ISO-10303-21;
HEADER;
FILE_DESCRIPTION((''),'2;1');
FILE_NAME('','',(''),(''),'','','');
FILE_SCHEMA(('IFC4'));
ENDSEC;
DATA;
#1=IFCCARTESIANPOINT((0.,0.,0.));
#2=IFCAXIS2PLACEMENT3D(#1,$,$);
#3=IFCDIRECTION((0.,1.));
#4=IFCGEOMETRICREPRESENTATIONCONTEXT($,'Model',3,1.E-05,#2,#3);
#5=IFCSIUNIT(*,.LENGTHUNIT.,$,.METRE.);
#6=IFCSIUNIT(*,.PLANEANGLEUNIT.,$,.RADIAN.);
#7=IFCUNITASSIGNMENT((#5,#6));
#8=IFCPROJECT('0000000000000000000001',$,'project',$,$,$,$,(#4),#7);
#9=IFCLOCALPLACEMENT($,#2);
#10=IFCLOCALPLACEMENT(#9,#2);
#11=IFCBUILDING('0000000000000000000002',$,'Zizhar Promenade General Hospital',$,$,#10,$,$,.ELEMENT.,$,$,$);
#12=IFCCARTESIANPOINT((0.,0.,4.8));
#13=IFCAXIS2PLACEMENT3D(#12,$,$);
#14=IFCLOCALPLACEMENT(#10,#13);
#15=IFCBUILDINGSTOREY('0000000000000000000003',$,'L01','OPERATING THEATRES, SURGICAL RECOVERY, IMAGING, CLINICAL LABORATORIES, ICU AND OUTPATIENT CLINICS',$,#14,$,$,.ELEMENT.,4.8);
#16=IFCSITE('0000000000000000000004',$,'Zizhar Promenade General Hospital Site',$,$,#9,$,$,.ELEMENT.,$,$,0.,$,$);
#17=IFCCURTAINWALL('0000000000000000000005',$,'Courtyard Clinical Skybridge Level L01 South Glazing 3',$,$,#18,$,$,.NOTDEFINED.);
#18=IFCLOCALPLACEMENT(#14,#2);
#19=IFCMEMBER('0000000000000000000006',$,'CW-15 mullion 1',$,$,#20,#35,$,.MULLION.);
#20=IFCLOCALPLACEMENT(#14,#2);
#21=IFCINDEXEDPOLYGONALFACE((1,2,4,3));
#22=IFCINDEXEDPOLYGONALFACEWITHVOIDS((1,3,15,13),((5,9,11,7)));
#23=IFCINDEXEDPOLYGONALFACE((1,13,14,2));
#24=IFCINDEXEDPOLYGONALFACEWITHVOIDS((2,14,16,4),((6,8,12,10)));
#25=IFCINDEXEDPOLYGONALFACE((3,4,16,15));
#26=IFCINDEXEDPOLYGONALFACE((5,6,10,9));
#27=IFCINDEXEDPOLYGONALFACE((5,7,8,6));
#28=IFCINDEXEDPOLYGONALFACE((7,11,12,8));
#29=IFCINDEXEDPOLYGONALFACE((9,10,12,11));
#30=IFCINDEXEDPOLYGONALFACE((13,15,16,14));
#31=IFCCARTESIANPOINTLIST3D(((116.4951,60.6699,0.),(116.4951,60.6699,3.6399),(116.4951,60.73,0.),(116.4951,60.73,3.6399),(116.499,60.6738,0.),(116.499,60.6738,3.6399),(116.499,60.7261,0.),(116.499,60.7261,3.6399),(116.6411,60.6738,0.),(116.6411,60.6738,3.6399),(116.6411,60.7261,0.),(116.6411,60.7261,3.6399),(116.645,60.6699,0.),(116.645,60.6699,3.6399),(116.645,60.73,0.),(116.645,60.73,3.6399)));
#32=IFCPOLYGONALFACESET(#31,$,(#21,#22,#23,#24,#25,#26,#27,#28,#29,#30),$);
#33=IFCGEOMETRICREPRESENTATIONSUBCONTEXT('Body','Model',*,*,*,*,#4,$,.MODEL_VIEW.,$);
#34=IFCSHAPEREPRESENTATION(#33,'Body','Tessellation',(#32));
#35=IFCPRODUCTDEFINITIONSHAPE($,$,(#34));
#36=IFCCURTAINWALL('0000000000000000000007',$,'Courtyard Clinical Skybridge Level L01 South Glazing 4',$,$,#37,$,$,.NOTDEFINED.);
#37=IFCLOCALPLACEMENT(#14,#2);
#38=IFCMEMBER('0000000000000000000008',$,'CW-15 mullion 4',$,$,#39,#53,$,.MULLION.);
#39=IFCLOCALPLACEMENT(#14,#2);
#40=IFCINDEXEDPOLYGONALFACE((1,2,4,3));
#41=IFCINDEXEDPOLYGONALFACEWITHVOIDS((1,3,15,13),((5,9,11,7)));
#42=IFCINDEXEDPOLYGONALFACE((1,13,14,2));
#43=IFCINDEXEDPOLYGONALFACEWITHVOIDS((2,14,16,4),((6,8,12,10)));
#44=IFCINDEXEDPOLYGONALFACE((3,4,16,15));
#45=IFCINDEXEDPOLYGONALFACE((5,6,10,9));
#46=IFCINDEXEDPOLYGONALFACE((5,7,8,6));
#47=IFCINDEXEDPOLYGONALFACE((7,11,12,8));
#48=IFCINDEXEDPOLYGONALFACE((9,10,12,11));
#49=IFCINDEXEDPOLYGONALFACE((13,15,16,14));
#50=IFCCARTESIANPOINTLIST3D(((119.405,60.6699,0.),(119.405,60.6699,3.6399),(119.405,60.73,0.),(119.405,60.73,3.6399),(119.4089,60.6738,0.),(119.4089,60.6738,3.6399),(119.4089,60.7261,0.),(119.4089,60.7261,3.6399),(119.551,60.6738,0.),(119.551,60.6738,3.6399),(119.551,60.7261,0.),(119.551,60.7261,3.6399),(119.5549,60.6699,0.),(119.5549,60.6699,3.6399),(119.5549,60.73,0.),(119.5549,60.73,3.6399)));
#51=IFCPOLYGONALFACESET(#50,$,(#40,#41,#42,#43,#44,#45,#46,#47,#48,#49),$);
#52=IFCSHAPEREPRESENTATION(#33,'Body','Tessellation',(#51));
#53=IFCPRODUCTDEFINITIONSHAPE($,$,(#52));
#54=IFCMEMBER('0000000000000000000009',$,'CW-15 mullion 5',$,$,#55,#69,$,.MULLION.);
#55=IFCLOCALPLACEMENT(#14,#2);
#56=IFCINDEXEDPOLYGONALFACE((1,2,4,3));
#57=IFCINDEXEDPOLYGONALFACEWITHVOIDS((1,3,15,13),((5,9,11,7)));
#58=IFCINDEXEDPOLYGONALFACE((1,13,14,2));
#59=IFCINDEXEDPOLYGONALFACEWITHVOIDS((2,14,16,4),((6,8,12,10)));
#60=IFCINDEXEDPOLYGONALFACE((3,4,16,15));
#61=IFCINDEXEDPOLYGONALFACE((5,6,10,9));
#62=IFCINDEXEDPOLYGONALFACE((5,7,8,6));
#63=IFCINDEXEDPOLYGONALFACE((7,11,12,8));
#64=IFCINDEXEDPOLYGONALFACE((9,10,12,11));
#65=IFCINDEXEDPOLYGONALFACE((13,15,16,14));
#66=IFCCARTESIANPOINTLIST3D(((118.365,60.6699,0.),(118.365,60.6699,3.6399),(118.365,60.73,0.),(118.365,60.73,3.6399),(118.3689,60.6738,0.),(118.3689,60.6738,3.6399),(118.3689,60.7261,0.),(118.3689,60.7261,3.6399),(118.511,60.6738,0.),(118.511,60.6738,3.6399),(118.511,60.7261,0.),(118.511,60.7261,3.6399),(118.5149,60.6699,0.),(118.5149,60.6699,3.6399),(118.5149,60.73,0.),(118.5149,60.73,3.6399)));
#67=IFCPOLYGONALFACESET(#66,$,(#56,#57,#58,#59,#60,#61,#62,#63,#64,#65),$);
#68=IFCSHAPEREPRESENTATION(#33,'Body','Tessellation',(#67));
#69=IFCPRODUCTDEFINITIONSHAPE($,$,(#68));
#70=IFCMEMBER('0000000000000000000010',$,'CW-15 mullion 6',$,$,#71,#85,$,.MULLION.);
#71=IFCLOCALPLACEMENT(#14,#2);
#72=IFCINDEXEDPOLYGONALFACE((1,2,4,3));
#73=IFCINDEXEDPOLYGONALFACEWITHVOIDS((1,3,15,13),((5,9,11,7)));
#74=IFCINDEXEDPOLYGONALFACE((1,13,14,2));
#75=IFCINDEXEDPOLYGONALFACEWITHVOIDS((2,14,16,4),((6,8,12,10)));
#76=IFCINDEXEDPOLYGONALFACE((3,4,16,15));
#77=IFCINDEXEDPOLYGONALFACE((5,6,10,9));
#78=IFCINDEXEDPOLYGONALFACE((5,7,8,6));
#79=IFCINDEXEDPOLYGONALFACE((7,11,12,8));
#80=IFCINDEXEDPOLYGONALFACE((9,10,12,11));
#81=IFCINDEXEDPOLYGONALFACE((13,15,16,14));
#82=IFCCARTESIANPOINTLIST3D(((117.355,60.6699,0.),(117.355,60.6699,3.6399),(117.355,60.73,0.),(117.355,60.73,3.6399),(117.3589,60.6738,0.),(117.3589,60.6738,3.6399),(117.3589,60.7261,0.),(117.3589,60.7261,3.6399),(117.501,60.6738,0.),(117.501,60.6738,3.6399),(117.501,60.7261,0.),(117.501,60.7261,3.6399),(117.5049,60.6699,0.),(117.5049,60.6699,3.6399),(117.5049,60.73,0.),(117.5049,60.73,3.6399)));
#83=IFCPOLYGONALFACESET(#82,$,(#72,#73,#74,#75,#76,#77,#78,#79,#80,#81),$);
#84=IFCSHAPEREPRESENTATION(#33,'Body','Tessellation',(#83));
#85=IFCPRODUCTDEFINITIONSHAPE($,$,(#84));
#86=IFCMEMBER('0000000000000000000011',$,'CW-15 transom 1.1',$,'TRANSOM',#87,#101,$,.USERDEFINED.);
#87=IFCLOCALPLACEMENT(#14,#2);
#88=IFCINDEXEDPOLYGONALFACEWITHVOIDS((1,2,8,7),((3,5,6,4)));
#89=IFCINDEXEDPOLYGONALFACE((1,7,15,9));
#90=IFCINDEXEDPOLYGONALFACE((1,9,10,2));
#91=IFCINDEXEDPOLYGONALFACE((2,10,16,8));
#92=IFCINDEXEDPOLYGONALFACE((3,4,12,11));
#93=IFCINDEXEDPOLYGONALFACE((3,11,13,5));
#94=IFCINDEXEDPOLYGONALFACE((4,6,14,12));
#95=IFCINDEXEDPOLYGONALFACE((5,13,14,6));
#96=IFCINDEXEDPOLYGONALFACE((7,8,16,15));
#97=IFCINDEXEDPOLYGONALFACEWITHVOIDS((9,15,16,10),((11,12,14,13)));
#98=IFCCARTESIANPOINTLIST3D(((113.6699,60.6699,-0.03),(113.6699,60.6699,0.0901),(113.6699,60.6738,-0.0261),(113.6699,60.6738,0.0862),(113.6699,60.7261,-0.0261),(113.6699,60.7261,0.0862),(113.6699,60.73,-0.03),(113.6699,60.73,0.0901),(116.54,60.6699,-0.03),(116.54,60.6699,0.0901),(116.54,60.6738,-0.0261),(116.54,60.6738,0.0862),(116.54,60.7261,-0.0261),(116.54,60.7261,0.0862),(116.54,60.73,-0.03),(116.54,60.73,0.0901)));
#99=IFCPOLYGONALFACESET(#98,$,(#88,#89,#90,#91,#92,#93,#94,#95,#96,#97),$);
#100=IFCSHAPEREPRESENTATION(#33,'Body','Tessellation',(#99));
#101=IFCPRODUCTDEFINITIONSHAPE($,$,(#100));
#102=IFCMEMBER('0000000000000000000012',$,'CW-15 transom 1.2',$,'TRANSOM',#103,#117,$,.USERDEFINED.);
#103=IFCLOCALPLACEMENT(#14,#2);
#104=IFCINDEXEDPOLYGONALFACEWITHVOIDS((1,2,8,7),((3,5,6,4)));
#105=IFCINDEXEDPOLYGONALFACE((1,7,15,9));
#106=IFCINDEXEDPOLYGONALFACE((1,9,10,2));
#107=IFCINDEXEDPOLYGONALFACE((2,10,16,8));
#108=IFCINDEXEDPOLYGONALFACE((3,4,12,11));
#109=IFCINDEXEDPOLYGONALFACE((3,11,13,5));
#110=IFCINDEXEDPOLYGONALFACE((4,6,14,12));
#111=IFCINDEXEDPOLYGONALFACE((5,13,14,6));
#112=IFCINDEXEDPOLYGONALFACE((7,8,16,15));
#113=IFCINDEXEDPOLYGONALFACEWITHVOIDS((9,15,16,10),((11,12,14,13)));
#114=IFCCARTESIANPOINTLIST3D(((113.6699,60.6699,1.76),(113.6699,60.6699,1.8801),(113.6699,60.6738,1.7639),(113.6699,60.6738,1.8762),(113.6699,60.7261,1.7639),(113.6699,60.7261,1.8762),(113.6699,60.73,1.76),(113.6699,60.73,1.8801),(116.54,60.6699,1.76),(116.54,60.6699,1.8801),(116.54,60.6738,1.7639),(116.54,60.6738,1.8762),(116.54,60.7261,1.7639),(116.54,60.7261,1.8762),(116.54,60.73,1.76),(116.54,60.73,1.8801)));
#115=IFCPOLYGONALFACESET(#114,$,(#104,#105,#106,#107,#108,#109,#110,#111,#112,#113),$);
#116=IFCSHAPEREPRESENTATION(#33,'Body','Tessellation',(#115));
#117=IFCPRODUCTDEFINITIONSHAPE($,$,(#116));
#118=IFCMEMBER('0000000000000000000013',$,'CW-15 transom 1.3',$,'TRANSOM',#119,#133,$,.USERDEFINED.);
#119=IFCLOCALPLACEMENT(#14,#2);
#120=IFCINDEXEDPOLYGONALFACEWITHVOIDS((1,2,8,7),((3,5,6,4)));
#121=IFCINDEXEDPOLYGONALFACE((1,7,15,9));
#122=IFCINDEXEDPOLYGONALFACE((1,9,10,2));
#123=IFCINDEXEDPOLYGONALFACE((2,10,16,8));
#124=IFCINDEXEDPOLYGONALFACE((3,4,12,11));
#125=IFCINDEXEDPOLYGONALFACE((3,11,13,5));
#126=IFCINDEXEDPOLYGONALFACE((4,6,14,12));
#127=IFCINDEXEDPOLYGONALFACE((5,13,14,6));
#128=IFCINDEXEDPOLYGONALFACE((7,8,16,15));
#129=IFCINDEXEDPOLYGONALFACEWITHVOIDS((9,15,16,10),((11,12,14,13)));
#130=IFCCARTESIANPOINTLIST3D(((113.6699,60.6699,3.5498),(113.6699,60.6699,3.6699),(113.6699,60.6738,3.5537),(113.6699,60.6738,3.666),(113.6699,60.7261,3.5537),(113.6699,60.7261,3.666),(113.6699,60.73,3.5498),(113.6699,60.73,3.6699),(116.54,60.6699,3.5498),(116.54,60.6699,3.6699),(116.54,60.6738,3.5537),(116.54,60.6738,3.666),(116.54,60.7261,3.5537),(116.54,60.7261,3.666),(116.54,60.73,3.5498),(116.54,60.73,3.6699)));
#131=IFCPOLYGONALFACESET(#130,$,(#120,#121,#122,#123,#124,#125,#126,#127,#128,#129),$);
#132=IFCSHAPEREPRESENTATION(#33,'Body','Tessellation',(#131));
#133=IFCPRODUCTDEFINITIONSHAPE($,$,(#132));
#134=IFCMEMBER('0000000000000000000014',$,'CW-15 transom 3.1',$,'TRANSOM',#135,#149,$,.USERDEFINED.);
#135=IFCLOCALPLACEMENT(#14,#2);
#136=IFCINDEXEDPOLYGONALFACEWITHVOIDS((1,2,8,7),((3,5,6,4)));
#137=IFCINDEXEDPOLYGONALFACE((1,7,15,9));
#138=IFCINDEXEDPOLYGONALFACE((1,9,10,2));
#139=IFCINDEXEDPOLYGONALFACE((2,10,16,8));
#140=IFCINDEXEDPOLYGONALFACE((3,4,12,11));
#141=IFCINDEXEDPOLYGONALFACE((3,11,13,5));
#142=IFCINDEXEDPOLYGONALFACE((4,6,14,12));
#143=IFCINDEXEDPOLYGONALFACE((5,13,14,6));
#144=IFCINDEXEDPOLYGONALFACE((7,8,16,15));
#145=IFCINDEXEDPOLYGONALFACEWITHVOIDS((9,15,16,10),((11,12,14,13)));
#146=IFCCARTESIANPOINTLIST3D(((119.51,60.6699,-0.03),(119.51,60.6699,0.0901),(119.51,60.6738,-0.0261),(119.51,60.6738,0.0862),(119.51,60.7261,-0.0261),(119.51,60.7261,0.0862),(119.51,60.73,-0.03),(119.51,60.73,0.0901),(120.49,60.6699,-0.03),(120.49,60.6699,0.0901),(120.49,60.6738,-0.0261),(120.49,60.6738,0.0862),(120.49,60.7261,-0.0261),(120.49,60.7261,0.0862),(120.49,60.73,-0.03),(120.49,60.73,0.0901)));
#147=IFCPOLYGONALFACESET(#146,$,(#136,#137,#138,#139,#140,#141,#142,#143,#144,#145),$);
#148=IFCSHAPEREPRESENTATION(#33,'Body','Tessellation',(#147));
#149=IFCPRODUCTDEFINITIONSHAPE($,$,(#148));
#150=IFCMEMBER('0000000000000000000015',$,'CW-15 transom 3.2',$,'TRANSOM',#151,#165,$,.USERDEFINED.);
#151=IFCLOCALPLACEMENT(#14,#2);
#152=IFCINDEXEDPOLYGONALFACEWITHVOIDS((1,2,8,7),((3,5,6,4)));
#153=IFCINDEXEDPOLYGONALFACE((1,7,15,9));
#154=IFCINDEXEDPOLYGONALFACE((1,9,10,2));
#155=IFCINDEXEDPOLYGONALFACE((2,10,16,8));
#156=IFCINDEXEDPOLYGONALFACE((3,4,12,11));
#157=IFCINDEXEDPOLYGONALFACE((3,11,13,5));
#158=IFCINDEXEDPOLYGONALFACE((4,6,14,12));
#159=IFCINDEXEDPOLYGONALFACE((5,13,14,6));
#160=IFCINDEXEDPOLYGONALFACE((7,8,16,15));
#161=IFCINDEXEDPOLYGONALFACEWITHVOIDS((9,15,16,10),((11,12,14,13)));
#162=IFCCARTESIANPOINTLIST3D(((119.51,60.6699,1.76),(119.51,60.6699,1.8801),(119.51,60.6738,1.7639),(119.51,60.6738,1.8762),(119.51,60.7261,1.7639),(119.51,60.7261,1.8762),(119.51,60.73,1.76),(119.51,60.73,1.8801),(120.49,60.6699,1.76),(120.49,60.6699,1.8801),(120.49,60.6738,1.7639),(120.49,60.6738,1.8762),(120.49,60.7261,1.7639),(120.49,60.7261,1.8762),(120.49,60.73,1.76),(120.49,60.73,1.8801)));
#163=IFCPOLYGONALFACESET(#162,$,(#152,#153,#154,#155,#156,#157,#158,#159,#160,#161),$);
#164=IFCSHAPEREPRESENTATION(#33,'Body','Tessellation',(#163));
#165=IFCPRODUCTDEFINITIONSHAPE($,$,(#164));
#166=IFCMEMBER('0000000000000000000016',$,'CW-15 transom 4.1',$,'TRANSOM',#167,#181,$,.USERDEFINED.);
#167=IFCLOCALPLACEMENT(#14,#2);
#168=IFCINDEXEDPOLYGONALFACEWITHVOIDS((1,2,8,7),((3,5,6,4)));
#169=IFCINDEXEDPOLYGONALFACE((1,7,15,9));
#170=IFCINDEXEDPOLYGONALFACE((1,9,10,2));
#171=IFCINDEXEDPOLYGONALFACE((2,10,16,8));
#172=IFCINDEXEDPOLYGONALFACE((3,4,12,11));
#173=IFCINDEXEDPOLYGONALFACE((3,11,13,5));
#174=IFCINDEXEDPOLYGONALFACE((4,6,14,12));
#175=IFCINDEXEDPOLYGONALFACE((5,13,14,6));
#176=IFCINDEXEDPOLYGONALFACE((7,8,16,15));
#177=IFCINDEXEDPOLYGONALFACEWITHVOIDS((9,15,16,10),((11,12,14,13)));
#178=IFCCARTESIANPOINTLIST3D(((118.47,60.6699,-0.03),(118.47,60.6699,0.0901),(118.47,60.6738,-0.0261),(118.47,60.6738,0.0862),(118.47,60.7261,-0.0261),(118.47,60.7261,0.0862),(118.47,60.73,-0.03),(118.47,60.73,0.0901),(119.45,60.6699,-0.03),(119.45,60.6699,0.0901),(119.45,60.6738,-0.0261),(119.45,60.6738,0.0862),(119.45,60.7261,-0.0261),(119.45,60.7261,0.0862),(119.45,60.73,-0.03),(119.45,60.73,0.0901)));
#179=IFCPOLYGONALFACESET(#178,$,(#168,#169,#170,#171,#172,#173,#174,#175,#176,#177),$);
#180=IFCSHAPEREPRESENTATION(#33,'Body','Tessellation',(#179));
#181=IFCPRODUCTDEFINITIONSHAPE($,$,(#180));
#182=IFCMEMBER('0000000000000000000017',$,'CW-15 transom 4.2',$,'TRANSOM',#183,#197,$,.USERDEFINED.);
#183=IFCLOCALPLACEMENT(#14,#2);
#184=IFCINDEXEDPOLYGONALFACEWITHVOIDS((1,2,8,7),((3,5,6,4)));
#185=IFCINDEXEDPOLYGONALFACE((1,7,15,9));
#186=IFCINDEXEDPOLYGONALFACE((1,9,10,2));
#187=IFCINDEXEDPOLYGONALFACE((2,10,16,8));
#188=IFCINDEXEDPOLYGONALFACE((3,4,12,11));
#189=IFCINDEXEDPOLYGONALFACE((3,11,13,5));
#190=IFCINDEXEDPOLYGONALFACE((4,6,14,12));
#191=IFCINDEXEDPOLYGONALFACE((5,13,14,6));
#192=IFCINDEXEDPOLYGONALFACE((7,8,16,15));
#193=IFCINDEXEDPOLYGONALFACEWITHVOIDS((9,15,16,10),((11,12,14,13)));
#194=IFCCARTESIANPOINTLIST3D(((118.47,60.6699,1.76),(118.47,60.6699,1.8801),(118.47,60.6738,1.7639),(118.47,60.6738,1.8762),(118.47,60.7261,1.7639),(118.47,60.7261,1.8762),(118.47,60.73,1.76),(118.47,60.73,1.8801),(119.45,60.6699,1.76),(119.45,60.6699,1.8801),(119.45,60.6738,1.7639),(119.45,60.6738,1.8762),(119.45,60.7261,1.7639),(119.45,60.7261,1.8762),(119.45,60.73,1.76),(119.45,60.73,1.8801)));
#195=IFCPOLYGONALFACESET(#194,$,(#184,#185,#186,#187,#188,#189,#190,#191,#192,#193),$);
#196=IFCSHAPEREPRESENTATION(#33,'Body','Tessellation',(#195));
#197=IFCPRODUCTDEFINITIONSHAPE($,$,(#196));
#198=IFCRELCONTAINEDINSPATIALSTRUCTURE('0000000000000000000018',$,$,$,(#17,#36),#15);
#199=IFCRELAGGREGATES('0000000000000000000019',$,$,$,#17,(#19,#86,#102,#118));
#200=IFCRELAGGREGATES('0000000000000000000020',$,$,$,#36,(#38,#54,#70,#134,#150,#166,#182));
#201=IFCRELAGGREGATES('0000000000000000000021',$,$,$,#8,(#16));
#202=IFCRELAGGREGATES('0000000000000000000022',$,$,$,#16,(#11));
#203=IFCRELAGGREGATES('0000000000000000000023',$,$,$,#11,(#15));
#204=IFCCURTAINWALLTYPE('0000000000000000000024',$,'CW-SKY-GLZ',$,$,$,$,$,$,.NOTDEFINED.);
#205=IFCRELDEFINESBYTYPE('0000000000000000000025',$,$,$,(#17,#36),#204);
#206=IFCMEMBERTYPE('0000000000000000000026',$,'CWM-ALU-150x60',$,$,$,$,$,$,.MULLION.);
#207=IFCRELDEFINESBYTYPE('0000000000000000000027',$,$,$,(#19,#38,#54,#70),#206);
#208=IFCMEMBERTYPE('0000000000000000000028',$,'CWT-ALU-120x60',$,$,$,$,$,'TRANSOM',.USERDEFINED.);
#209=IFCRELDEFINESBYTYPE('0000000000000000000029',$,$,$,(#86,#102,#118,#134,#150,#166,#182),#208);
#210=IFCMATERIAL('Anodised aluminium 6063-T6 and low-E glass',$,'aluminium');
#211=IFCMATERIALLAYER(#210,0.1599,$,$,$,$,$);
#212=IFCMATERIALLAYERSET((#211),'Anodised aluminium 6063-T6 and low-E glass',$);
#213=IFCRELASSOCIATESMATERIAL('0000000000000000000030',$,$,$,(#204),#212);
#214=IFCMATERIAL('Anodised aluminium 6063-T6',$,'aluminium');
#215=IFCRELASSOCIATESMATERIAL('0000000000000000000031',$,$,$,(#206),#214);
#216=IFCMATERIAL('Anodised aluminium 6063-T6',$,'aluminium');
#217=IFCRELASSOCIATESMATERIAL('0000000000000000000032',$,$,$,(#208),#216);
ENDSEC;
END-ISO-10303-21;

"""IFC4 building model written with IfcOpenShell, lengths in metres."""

from ifc_helpers import new_model, si_unit, direction, frame, origin, origin_2d, place, context, subcontext, project, spatial, hollow_rectangle, extrude, material, layer, layer_set, material_profile, profile_set, type_object, element, aggregate, save


model = new_model("IFC4")

# Units and contexts
model_context = context("Model", 3, precision=1e-05, world=origin(), true_north=direction((0.0, 1.0)))
body_context = subcontext(model_context, "Body", "Model", "MODEL_VIEW")
ifc_project = project(units=[si_unit("LENGTHUNIT", "METRE"), si_unit("PLANEANGLEUNIT", "RADIAN")], contexts=[model_context])

# Site, building, storey
site_placement = place(None, origin())
site = spatial("IfcSite", under=ifc_project, at=site_placement, Name="Zizhar Promenade General Hospital Site", CompositionType="ELEMENT", RefElevation=0.0)
building_placement = place(site_placement, origin())
building = spatial("IfcBuilding", under=site, at=building_placement, Name="Zizhar Promenade General Hospital", CompositionType="ELEMENT")
storey_placement = place(building_placement, frame((0.0, 0.0, 4.8)))
storey = spatial("IfcBuildingStorey", under=building, at=storey_placement, Name="L01", Description="OPERATING THEATRES, SURGICAL RECOVERY, IMAGING, CLINICAL LABORATORIES, ICU AND OUTPATIENT CLINICS", CompositionType="ELEMENT", Elevation=4.8)

# Curtain wall, member
ifc_material_1 = material(Name="Anodised aluminium 6063-T6 and low-E glass", Category="aluminium")
ifc_layer_1 = layer(ifc_material_1, 0.1599)
ifc_layer_set_1 = layer_set([ifc_layer_1], Name="Anodised aluminium 6063-T6 and low-E glass")
curtain_wall_type_1 = type_object("IfcCurtainWallType", Name="CW-SKY-GLZ", PredefinedType="NOTDEFINED", material=ifc_layer_set_1)
curtain_wall_1_placement = place(storey_placement, origin())
curtain_wall_1 = element("IfcCurtainWall", 1, at=curtain_wall_1_placement, inside=storey, type_object=curtain_wall_type_1, Name="Courtyard Clinical Skybridge Level L01 South Glazing 3", PredefinedType="NOTDEFINED")
ifc_material_2 = material(Name="Anodised aluminium 6063-T6", Category="aluminium")
ifc_material_profile_1 = material_profile(ifc_material_2, hollow_rectangle(XDim=0.0601, YDim=0.1499, WallThickness=0.0039, at=origin_2d()))
ifc_profile_set_1 = profile_set([ifc_material_profile_1], Name="Anodised aluminium 6063-T6")
member_type_1 = type_object("IfcMemberType", Name="CWM-ALU-150x60", PredefinedType="MULLION", material=ifc_profile_set_1)
member_1_placement = place(storey_placement, frame((116.5701, 60.7, 0.0), z_axis=(0.0, 0.0, 1.0), x_axis=(0.0, -1.0, 0.0)))
member_1 = element("IfcMember", 2, at=member_1_placement, type_object=member_type_1, Name="CW-15 mullion 1", PredefinedType="MULLION", context=body_context, shape_type="SweptSolid", body=[
    extrude(hollow_rectangle(XDim=0.0601, YDim=0.1499, WallThickness=0.0039, at=origin_2d()), origin(), (0.0, 0.0, 1.0), 3.6399),
])

# Curtain wall, members
curtain_wall_2_placement = place(storey_placement, origin())
curtain_wall_2 = element("IfcCurtainWall", 3, at=curtain_wall_2_placement, inside=storey, type_object=curtain_wall_type_1, Name="Courtyard Clinical Skybridge Level L01 South Glazing 4", PredefinedType="NOTDEFINED")
member_2_placement = place(storey_placement, frame((119.48, 60.7, 0.0), z_axis=(0.0, 0.0, 1.0), x_axis=(0.0, -1.0, 0.0)))
member_2 = element("IfcMember", 4, at=member_2_placement, type_object=member_type_1, Name="CW-15 mullion 4", PredefinedType="MULLION", context=body_context, shape_type="SweptSolid", body=[
    extrude(hollow_rectangle(XDim=0.0601, YDim=0.1499, WallThickness=0.0039, at=origin_2d()), origin(), (0.0, 0.0, 1.0), 3.6399),
])
member_3_placement = place(storey_placement, frame((118.4399, 60.7, 0.0), z_axis=(0.0, 0.0, 1.0), x_axis=(0.0, -1.0, 0.0)))
member_3 = element("IfcMember", 5, at=member_3_placement, type_object=member_type_1, Name="CW-15 mullion 5", PredefinedType="MULLION", context=body_context, shape_type="SweptSolid", body=[
    extrude(hollow_rectangle(XDim=0.0601, YDim=0.1499, WallThickness=0.0039, at=origin_2d()), origin(), (0.0, 0.0, 1.0), 3.6399),
])
member_4_placement = place(storey_placement, frame((117.4299, 60.7, 0.0), z_axis=(0.0, 0.0, 1.0), x_axis=(0.0, -1.0, 0.0)))
member_4 = element("IfcMember", 6, at=member_4_placement, type_object=member_type_1, Name="CW-15 mullion 6", PredefinedType="MULLION", context=body_context, shape_type="SweptSolid", body=[
    extrude(hollow_rectangle(XDim=0.0601, YDim=0.1499, WallThickness=0.0039, at=origin_2d()), origin(), (0.0, 0.0, 1.0), 3.6399),
])

# Members
ifc_material_3 = material(Name="Anodised aluminium 6063-T6", Category="aluminium")
ifc_material_profile_2 = material_profile(ifc_material_3, hollow_rectangle(XDim=0.0601, YDim=0.1201, WallThickness=0.0039, at=origin_2d()))
ifc_profile_set_2 = profile_set([ifc_material_profile_2], Name="Anodised aluminium 6063-T6")
member_type_2 = type_object("IfcMemberType", Name="CWT-ALU-120x60", ElementType="TRANSOM", PredefinedType="USERDEFINED", material=ifc_profile_set_2)
member_5_placement = place(storey_placement, frame((116.54, 60.7, 0.03), z_axis=(-1.0, 0.0, 0.0), x_axis=(0.0, -1.0, 0.0)))
member_5 = element("IfcMember", 7, at=member_5_placement, type_object=member_type_2, Name="CW-15 transom 1.1", ObjectType="TRANSOM", PredefinedType="USERDEFINED", context=body_context, shape_type="SweptSolid", body=[
    extrude(hollow_rectangle(XDim=0.0601, YDim=0.1201, WallThickness=0.0039, at=origin_2d()), origin(), (0.0, 0.0, 1.0), 2.8701),
])
member_6_placement = place(storey_placement, frame((116.54, 60.7, 1.8201), z_axis=(-1.0, 0.0, 0.0), x_axis=(0.0, -1.0, 0.0)))
member_6 = element("IfcMember", 8, at=member_6_placement, type_object=member_type_2, Name="CW-15 transom 1.2", ObjectType="TRANSOM", PredefinedType="USERDEFINED", context=body_context, shape_type="SweptSolid", body=[
    extrude(hollow_rectangle(XDim=0.0601, YDim=0.1201, WallThickness=0.0039, at=origin_2d()), origin(), (0.0, 0.0, 1.0), 2.8701),
])
member_7_placement = place(storey_placement, frame((116.54, 60.7, 3.6099), z_axis=(-1.0, 0.0, 0.0), x_axis=(0.0, -1.0, 0.0)))
member_7 = element("IfcMember", 9, at=member_7_placement, type_object=member_type_2, Name="CW-15 transom 1.3", ObjectType="TRANSOM", PredefinedType="USERDEFINED", context=body_context, shape_type="SweptSolid", body=[
    extrude(hollow_rectangle(XDim=0.0601, YDim=0.1201, WallThickness=0.0039, at=origin_2d()), origin(), (0.0, 0.0, 1.0), 2.8701),
])
member_8_placement = place(storey_placement, frame((120.49, 60.7, 0.03), z_axis=(-1.0, 0.0, 0.0), x_axis=(0.0, -1.0, 0.0)))
member_8 = element("IfcMember", 10, at=member_8_placement, type_object=member_type_2, Name="CW-15 transom 3.1", ObjectType="TRANSOM", PredefinedType="USERDEFINED", context=body_context, shape_type="SweptSolid", body=[
    extrude(hollow_rectangle(XDim=0.0601, YDim=0.1201, WallThickness=0.0039, at=origin_2d()), origin(), (0.0, 0.0, 1.0), 0.98),
])
member_9_placement = place(storey_placement, frame((120.49, 60.7, 1.8201), z_axis=(-1.0, 0.0, 0.0), x_axis=(0.0, -1.0, 0.0)))
member_9 = element("IfcMember", 11, at=member_9_placement, type_object=member_type_2, Name="CW-15 transom 3.2", ObjectType="TRANSOM", PredefinedType="USERDEFINED", context=body_context, shape_type="SweptSolid", body=[
    extrude(hollow_rectangle(XDim=0.0601, YDim=0.1201, WallThickness=0.0039, at=origin_2d()), origin(), (0.0, 0.0, 1.0), 0.98),
])
member_10_placement = place(storey_placement, frame((119.45, 60.7, 0.03), z_axis=(-1.0, 0.0, 0.0), x_axis=(0.0, -1.0, 0.0)))
member_10 = element("IfcMember", 12, at=member_10_placement, type_object=member_type_2, Name="CW-15 transom 4.1", ObjectType="TRANSOM", PredefinedType="USERDEFINED", context=body_context, shape_type="SweptSolid", body=[
    extrude(hollow_rectangle(XDim=0.0601, YDim=0.1201, WallThickness=0.0039, at=origin_2d()), origin(), (0.0, 0.0, 1.0), 0.98),
])
member_11_placement = place(storey_placement, frame((119.45, 60.7, 1.8201), z_axis=(-1.0, 0.0, 0.0), x_axis=(0.0, -1.0, 0.0)))
member_11 = element("IfcMember", 13, at=member_11_placement, type_object=member_type_2, Name="CW-15 transom 4.2", ObjectType="TRANSOM", PredefinedType="USERDEFINED", context=body_context, shape_type="SweptSolid", body=[
    extrude(hollow_rectangle(XDim=0.0601, YDim=0.1201, WallThickness=0.0039, at=origin_2d()), origin(), (0.0, 0.0, 1.0), 0.98),
])

aggregate(curtain_wall_1, [member_1, member_5, member_6, member_7])
aggregate(curtain_wall_2, [member_2, member_3, member_4, member_8, member_9, member_10, member_11])

save(model, "model.ifc")
